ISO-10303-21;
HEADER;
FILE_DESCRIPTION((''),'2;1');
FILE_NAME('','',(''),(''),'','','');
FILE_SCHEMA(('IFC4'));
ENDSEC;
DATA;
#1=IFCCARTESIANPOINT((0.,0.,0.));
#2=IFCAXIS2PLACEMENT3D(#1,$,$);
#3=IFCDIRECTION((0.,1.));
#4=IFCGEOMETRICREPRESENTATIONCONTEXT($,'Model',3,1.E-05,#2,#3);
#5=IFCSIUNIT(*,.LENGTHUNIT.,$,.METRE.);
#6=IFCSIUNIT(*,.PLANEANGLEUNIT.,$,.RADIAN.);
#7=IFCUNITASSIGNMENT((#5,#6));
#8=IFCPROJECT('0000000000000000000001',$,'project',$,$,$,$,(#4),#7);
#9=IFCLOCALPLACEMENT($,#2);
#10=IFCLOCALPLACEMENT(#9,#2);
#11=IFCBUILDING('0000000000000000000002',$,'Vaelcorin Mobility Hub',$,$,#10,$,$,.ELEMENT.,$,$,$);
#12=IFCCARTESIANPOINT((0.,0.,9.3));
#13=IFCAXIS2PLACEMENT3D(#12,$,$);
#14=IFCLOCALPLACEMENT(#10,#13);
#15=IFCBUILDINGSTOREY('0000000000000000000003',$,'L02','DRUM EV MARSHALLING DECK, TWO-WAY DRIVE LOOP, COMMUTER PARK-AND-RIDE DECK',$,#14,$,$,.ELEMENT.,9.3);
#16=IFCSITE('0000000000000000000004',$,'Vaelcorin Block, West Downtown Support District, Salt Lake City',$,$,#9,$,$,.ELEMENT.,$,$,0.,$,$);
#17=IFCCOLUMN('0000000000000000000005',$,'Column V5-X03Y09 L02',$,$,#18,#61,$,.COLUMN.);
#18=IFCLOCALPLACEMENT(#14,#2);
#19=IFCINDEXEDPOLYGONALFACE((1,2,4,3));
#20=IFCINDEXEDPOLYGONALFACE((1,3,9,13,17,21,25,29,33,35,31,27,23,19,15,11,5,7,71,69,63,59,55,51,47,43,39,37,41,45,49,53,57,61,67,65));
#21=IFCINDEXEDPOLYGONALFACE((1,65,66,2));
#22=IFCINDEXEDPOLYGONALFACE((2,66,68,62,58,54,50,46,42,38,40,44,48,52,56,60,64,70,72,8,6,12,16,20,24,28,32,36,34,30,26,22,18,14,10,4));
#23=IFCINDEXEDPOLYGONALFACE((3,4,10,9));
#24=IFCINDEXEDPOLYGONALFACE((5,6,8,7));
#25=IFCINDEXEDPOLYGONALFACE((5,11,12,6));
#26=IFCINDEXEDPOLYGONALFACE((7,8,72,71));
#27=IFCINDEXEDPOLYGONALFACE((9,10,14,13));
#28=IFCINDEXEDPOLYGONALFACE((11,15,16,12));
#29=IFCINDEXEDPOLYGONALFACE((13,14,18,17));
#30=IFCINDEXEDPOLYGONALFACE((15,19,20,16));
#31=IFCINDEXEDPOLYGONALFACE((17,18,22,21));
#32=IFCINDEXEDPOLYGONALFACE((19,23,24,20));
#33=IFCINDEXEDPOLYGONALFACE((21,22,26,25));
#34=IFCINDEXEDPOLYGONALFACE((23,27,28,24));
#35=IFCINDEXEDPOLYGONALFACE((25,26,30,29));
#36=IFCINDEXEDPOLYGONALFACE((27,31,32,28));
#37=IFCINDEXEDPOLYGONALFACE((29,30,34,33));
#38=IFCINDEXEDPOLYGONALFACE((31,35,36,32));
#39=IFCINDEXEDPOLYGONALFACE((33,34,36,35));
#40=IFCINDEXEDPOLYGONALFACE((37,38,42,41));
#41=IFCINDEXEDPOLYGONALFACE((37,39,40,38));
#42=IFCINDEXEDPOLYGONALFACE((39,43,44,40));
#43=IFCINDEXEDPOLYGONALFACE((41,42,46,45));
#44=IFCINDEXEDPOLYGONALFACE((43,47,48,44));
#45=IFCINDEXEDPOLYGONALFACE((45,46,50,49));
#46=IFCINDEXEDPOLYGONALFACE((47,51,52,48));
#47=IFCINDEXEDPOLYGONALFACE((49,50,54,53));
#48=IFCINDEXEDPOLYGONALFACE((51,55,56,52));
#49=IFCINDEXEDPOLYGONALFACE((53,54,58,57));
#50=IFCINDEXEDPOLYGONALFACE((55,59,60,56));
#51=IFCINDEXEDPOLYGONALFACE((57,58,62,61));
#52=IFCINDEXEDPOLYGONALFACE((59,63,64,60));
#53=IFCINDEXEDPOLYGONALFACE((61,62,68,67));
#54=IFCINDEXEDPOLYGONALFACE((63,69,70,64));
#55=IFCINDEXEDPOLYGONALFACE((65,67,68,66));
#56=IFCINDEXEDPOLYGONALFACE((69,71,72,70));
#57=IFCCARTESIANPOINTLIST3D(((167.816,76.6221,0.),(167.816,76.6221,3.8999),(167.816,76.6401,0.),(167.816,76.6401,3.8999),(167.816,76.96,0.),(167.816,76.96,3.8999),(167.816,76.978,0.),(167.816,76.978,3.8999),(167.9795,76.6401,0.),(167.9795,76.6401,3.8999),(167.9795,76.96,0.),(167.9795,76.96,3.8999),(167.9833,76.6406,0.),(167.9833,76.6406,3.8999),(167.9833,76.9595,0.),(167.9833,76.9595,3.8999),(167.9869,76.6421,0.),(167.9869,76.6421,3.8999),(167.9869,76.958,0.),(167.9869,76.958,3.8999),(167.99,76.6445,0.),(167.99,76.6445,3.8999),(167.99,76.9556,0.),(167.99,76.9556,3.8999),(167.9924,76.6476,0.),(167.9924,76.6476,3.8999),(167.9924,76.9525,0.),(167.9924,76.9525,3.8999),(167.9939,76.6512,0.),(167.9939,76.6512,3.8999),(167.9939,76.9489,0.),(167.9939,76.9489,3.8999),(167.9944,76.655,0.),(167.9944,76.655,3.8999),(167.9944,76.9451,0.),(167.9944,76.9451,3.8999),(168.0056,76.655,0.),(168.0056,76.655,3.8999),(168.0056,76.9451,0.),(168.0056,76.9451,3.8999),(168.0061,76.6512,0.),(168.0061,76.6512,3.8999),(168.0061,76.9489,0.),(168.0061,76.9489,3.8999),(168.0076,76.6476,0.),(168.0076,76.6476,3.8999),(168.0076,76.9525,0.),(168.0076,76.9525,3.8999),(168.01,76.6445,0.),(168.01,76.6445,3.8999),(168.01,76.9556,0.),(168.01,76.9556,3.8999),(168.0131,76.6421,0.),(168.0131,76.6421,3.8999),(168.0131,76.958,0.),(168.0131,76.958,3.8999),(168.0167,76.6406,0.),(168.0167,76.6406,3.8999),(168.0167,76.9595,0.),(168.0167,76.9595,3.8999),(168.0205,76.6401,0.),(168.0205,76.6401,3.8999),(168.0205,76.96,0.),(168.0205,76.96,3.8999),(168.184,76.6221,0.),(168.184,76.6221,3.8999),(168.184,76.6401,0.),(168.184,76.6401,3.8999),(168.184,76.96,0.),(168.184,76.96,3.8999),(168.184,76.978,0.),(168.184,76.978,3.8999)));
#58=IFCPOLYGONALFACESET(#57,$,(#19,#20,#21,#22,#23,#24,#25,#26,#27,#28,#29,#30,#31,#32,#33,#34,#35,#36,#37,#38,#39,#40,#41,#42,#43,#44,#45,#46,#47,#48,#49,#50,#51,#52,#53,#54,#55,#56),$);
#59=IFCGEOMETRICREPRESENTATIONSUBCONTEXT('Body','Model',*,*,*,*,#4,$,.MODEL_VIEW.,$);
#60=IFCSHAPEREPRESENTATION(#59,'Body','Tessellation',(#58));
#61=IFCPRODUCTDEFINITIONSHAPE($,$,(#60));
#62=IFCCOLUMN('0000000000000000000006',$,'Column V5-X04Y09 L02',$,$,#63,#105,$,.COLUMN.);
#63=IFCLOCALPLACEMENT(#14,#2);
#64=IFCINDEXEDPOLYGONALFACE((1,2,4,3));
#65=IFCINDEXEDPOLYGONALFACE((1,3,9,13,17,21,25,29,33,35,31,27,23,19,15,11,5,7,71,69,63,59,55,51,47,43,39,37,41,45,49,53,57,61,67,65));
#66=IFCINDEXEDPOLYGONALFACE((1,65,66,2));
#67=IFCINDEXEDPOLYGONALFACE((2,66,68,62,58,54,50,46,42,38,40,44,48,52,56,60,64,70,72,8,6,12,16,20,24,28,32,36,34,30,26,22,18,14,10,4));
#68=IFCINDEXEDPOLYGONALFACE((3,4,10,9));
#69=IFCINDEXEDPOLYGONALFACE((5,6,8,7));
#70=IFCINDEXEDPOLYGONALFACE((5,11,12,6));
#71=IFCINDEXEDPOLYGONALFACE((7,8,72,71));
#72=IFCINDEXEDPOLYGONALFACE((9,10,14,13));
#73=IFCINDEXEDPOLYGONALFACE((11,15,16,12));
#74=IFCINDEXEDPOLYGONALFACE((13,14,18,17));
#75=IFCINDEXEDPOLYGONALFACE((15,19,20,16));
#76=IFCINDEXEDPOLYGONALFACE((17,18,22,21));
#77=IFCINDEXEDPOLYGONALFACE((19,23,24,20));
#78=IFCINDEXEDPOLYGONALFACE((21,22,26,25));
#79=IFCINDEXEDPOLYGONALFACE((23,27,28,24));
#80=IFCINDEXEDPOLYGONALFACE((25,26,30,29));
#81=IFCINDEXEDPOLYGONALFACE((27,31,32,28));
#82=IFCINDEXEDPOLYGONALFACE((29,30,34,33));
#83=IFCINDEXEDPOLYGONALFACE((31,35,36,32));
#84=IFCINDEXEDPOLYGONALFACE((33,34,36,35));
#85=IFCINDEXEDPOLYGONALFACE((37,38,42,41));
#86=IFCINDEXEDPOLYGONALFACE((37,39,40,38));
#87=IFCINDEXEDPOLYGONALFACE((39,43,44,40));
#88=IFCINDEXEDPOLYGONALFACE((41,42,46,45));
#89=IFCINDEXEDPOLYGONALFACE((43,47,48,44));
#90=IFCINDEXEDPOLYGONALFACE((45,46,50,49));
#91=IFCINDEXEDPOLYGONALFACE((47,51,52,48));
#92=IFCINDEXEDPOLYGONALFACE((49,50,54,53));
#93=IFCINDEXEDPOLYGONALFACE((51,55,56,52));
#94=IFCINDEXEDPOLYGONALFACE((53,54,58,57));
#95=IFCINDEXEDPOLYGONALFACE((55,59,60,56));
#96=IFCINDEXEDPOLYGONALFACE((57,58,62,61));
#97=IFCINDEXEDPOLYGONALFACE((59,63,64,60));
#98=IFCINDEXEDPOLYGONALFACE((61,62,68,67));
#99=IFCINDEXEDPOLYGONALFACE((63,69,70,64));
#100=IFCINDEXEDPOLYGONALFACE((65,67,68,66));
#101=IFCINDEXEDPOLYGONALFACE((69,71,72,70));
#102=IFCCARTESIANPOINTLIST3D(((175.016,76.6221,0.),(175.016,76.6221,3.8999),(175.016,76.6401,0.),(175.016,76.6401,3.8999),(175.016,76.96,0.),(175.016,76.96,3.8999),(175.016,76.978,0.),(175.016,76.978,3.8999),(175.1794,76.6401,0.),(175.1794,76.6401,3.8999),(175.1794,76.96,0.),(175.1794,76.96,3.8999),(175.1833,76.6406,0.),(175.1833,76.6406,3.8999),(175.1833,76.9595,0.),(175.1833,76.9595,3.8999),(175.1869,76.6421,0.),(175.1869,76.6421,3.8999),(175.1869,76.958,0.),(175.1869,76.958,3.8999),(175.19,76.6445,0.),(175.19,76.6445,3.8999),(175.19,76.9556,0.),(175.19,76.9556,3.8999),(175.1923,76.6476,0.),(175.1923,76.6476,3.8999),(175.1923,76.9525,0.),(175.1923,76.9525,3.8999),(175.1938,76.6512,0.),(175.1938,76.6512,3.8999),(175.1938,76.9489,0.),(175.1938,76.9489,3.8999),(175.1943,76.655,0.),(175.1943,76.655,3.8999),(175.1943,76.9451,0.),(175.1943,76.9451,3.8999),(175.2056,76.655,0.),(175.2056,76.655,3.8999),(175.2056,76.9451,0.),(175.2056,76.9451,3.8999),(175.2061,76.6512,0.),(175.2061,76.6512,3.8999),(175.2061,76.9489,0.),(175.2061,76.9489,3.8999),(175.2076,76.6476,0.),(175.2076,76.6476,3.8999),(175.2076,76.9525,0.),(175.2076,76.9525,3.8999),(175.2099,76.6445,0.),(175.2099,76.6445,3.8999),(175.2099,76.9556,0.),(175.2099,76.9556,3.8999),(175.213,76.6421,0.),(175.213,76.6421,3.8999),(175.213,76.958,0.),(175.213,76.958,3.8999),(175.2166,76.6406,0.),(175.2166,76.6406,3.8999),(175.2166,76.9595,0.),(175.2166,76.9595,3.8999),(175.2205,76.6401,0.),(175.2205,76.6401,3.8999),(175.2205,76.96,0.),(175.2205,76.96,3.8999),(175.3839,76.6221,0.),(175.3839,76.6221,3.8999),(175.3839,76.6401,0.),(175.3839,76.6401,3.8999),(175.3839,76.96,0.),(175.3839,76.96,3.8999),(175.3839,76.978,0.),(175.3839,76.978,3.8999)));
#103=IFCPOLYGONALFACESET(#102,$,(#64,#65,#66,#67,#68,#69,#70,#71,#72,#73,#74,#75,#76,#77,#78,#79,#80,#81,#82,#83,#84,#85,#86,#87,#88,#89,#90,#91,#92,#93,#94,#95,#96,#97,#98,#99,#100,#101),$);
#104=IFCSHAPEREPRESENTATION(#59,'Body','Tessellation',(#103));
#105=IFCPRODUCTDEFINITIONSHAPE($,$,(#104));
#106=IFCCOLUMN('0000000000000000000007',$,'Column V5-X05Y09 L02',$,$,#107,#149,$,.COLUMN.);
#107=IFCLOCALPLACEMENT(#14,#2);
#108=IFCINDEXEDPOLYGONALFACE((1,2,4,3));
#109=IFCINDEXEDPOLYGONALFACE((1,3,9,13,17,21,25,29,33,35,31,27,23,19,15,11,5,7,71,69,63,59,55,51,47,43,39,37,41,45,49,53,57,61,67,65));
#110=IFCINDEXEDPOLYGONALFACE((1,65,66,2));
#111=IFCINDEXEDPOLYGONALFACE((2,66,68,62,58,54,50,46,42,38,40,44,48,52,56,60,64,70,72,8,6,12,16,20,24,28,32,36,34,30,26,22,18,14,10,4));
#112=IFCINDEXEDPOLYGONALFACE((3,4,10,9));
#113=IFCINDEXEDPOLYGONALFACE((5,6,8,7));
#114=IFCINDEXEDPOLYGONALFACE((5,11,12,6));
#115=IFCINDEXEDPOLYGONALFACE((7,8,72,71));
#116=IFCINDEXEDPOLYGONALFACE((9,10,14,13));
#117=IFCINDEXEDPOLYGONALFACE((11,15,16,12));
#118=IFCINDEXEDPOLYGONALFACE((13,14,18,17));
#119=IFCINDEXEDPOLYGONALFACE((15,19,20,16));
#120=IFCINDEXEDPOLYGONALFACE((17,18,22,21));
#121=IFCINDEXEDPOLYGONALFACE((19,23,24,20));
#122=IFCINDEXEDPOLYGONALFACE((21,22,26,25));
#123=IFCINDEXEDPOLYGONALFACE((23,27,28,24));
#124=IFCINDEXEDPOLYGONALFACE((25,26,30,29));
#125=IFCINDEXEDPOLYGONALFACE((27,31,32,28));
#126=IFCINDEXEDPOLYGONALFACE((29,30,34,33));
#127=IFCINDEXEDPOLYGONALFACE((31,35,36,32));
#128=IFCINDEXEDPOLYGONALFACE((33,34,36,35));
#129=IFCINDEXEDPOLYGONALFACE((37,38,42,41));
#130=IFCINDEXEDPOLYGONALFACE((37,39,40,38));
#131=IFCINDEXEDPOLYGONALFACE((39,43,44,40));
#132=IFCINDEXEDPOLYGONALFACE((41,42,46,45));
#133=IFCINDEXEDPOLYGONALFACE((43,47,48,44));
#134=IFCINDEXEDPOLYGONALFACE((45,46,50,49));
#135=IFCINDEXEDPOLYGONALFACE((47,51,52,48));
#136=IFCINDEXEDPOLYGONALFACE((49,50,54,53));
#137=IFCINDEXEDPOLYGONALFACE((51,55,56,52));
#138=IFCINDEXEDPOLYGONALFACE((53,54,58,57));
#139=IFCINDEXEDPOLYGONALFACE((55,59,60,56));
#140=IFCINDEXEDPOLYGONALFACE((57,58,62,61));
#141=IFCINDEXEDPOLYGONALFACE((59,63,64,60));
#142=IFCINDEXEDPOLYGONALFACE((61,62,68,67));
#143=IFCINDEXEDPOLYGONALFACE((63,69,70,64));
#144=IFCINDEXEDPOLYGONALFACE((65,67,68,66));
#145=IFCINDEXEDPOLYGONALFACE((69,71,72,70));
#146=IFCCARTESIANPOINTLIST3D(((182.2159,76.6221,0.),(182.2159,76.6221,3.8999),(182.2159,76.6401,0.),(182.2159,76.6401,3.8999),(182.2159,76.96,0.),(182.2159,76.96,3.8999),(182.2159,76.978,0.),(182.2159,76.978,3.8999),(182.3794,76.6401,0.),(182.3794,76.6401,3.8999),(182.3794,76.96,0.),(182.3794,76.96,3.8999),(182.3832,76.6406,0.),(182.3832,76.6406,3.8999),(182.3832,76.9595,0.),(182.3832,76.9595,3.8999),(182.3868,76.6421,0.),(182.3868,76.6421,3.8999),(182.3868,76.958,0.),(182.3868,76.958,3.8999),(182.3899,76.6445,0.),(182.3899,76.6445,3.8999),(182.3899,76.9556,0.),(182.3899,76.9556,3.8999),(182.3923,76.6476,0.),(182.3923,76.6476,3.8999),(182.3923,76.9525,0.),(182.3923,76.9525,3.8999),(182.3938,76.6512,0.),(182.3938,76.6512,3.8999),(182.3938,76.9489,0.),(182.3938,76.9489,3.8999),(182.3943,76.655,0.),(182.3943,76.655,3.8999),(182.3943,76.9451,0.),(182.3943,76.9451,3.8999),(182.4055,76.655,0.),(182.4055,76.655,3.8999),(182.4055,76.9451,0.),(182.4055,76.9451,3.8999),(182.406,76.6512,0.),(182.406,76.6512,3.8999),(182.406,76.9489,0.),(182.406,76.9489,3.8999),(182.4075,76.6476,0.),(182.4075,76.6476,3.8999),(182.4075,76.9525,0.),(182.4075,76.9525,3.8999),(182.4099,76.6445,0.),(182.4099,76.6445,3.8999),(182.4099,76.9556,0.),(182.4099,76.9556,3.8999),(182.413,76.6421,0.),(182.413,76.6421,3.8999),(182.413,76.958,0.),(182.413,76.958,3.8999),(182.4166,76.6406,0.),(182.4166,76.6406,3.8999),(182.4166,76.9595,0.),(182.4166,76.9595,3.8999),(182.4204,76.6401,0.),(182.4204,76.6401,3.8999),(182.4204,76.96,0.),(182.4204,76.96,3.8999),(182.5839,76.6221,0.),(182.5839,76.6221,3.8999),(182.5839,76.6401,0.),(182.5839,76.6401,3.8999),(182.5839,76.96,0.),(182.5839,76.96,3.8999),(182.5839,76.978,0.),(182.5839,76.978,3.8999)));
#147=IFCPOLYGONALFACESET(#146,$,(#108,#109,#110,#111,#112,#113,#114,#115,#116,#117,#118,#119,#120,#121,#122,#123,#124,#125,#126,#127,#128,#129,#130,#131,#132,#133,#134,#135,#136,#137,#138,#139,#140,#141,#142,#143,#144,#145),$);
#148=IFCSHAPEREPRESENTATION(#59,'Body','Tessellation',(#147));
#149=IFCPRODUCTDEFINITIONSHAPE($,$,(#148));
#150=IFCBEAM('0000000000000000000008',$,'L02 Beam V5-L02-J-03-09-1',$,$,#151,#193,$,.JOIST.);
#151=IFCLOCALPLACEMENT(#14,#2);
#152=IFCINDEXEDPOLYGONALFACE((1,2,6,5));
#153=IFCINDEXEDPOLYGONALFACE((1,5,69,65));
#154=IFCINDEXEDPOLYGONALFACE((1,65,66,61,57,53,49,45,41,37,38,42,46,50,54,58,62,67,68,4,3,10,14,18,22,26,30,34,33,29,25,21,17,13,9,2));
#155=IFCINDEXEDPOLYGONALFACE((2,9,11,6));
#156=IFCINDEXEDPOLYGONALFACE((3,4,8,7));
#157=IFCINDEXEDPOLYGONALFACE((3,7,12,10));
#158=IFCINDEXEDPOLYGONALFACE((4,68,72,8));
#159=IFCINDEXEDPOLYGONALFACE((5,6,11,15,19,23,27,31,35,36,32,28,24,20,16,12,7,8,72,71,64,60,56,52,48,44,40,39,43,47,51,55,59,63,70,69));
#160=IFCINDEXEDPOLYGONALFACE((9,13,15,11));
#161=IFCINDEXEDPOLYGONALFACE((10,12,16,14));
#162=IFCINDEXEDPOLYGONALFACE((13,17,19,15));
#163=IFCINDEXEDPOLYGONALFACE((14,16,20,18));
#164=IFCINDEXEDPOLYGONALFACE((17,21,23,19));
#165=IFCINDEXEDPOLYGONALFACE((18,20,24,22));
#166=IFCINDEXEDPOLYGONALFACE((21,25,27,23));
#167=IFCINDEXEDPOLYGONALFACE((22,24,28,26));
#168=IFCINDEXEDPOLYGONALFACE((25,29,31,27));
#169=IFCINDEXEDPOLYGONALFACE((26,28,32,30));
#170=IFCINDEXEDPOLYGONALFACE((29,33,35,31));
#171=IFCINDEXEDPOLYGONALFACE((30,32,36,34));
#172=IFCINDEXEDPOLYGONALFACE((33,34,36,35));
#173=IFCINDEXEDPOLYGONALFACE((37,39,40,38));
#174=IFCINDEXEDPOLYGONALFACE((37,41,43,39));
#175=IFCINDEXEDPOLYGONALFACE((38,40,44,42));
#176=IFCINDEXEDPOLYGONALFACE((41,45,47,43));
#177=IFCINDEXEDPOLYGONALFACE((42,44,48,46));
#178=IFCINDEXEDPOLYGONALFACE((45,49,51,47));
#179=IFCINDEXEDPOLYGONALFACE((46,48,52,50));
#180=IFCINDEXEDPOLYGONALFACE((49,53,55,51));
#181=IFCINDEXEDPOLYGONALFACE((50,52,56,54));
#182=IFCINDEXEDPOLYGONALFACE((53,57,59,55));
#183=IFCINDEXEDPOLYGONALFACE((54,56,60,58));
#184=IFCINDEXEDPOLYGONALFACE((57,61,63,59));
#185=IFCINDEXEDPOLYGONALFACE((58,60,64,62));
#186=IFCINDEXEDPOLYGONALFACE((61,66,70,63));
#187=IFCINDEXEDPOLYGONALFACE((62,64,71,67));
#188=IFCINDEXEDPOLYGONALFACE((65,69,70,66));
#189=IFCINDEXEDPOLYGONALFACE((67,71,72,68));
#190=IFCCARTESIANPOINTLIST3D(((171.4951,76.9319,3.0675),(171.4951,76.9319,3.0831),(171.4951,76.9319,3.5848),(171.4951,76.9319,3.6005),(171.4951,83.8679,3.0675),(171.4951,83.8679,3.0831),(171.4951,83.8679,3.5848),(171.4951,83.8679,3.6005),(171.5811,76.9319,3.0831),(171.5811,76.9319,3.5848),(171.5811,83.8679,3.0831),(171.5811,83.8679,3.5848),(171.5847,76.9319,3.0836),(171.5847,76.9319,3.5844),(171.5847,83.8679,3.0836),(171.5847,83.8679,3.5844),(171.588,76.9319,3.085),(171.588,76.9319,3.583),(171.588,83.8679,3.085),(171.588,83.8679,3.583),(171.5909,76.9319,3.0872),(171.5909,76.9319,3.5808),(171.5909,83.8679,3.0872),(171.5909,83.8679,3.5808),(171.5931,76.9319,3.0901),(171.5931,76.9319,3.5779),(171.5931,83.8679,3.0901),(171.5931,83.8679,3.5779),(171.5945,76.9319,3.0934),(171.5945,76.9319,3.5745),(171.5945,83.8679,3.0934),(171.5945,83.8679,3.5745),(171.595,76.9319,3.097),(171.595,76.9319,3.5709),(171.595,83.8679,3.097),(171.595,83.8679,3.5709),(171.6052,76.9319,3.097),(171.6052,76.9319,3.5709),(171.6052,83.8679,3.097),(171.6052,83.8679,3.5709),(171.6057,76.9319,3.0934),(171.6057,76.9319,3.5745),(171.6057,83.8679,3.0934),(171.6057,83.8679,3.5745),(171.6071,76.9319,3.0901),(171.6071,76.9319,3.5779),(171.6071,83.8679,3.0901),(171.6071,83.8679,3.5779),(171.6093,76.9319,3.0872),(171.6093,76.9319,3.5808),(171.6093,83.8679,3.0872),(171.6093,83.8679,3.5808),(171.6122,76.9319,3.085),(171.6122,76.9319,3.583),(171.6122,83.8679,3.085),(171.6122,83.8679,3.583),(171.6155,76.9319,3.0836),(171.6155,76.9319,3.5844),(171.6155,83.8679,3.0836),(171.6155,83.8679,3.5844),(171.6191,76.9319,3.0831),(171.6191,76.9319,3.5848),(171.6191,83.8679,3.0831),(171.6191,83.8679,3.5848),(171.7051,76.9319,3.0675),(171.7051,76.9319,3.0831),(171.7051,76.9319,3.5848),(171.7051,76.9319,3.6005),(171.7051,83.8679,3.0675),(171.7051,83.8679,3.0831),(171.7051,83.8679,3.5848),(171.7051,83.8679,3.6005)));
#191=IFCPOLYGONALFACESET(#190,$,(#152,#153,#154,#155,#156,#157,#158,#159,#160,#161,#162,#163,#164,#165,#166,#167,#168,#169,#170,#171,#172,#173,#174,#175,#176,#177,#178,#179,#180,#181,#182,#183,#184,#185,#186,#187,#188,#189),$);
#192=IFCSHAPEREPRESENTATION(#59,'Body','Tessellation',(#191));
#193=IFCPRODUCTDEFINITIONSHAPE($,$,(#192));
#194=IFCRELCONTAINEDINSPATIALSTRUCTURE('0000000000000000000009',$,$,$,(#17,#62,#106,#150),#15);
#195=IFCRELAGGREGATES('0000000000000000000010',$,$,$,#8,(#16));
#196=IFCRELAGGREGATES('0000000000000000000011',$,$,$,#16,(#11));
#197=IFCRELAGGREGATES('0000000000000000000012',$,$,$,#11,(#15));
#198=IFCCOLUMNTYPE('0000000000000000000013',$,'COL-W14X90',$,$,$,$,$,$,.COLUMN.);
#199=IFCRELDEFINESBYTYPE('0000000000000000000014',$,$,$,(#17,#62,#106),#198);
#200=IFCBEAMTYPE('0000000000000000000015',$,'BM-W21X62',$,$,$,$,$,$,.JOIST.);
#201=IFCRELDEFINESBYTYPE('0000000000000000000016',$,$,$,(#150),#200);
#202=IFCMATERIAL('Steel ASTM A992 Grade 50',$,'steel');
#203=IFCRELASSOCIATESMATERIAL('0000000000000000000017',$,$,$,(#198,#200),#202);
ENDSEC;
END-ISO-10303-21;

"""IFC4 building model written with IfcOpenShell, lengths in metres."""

from ifc_helpers import new_model, si_unit, direction, frame, origin, origin_2d, place, context, subcontext, project, spatial, i_section, extrude, material, material_profile, profile_set, type_object, element, save


model = new_model("IFC4")

# Units and contexts
model_context = context("Model", 3, precision=1e-05, world=origin(), true_north=direction((0.0, 1.0)))
body_context = subcontext(model_context, "Body", "Model", "MODEL_VIEW")
ifc_project = project(units=[si_unit("LENGTHUNIT", "METRE"), si_unit("PLANEANGLEUNIT", "RADIAN")], contexts=[model_context])

# Site, building, storey
site_placement = place(None, origin())
site = spatial("IfcSite", under=ifc_project, at=site_placement, Name="Vaelcorin Block, West Downtown Support District, Salt Lake City", CompositionType="ELEMENT", RefElevation=0.0)
building_placement = place(site_placement, origin())
building = spatial("IfcBuilding", under=site, at=building_placement, Name="Vaelcorin Mobility Hub", CompositionType="ELEMENT")
storey_placement = place(building_placement, frame((0.0, 0.0, 9.3)))
storey = spatial("IfcBuildingStorey", under=building, at=storey_placement, Name="L02", Description="DRUM EV MARSHALLING DECK, TWO-WAY DRIVE LOOP, COMMUTER PARK-AND-RIDE DECK", CompositionType="ELEMENT", Elevation=9.3)

# Columns
ifc_material_1 = material(Name="Steel ASTM A992 Grade 50", Category="steel")
ifc_material_profile_1 = material_profile(ifc_material_1, i_section(OverallWidth=0.3679, OverallDepth=0.356, WebThickness=0.0112, FlangeThickness=0.0181, FilletRadius=0.0149, at=origin_2d()), Name="W14X90")
ifc_profile_set_1 = profile_set([ifc_material_profile_1], Name="Steel ASTM A992 Grade 50")
column_type = type_object("IfcColumnType", Name="COL-W14X90", PredefinedType="COLUMN", material=ifc_profile_set_1)
for number, where, z_axis, x_axis, name in (
    (1, (168.0, 76.8, 0.0), (0.0, 0.0, 1.0), (1.0, 0.0, 0.0), "Column V5-X03Y09 L02"),
    (2, (175.2, 76.8, 0.0), (0.0, 0.0, 1.0), (1.0, 0.0, 0.0), "Column V5-X04Y09 L02"),
    (3, (182.3999, 76.8, 0.0), (0.0, 0.0, 1.0), (1.0, 0.0, 0.0), "Column V5-X05Y09 L02"),
):
    element("IfcColumn", number, at=place(storey_placement, frame(where, z_axis=z_axis, x_axis=x_axis)), inside=storey, type_object=column_type, Name=name, PredefinedType="COLUMN", context=body_context, shape_type="SweptSolid", body=[
        extrude(i_section(OverallWidth=0.3679, OverallDepth=0.356, WebThickness=0.0112, FlangeThickness=0.0181, FilletRadius=0.0149, at=origin_2d()), origin(), (0.0, 0.0, 1.0), 3.8999),
    ])

# Beam
ifc_material_profile_2 = material_profile(ifc_material_1, i_section(OverallWidth=0.21, OverallDepth=0.533, WebThickness=0.0103, FlangeThickness=0.0156, FilletRadius=0.0139, at=origin_2d()), Name="W21X62")
ifc_profile_set_2 = profile_set([ifc_material_profile_2], Name="Steel ASTM A992 Grade 50")
beam_type_1 = type_object("IfcBeamType", Name="BM-W21X62", PredefinedType="JOIST", material=ifc_profile_set_2)
for number, where, z_axis, x_axis, name in (
    (4, (171.6001, 76.9319, 3.334), (0.0, 1.0, 0.0), (-1.0, 0.0, 0.0), "L02 Beam V5-L02-J-03-09-1"),
):
    element("IfcBeam", number, at=place(storey_placement, frame(where, z_axis=z_axis, x_axis=x_axis)), inside=storey, type_object=beam_type_1, Name=name, PredefinedType="JOIST", context=body_context, shape_type="SweptSolid", body=[
        extrude(i_section(OverallWidth=0.21, OverallDepth=0.533, WebThickness=0.0103, FlangeThickness=0.0156, FilletRadius=0.0139, at=origin_2d()), origin(), (0.0, 0.0, 1.0), 6.936),
    ])

save(model, "model.ifc")
